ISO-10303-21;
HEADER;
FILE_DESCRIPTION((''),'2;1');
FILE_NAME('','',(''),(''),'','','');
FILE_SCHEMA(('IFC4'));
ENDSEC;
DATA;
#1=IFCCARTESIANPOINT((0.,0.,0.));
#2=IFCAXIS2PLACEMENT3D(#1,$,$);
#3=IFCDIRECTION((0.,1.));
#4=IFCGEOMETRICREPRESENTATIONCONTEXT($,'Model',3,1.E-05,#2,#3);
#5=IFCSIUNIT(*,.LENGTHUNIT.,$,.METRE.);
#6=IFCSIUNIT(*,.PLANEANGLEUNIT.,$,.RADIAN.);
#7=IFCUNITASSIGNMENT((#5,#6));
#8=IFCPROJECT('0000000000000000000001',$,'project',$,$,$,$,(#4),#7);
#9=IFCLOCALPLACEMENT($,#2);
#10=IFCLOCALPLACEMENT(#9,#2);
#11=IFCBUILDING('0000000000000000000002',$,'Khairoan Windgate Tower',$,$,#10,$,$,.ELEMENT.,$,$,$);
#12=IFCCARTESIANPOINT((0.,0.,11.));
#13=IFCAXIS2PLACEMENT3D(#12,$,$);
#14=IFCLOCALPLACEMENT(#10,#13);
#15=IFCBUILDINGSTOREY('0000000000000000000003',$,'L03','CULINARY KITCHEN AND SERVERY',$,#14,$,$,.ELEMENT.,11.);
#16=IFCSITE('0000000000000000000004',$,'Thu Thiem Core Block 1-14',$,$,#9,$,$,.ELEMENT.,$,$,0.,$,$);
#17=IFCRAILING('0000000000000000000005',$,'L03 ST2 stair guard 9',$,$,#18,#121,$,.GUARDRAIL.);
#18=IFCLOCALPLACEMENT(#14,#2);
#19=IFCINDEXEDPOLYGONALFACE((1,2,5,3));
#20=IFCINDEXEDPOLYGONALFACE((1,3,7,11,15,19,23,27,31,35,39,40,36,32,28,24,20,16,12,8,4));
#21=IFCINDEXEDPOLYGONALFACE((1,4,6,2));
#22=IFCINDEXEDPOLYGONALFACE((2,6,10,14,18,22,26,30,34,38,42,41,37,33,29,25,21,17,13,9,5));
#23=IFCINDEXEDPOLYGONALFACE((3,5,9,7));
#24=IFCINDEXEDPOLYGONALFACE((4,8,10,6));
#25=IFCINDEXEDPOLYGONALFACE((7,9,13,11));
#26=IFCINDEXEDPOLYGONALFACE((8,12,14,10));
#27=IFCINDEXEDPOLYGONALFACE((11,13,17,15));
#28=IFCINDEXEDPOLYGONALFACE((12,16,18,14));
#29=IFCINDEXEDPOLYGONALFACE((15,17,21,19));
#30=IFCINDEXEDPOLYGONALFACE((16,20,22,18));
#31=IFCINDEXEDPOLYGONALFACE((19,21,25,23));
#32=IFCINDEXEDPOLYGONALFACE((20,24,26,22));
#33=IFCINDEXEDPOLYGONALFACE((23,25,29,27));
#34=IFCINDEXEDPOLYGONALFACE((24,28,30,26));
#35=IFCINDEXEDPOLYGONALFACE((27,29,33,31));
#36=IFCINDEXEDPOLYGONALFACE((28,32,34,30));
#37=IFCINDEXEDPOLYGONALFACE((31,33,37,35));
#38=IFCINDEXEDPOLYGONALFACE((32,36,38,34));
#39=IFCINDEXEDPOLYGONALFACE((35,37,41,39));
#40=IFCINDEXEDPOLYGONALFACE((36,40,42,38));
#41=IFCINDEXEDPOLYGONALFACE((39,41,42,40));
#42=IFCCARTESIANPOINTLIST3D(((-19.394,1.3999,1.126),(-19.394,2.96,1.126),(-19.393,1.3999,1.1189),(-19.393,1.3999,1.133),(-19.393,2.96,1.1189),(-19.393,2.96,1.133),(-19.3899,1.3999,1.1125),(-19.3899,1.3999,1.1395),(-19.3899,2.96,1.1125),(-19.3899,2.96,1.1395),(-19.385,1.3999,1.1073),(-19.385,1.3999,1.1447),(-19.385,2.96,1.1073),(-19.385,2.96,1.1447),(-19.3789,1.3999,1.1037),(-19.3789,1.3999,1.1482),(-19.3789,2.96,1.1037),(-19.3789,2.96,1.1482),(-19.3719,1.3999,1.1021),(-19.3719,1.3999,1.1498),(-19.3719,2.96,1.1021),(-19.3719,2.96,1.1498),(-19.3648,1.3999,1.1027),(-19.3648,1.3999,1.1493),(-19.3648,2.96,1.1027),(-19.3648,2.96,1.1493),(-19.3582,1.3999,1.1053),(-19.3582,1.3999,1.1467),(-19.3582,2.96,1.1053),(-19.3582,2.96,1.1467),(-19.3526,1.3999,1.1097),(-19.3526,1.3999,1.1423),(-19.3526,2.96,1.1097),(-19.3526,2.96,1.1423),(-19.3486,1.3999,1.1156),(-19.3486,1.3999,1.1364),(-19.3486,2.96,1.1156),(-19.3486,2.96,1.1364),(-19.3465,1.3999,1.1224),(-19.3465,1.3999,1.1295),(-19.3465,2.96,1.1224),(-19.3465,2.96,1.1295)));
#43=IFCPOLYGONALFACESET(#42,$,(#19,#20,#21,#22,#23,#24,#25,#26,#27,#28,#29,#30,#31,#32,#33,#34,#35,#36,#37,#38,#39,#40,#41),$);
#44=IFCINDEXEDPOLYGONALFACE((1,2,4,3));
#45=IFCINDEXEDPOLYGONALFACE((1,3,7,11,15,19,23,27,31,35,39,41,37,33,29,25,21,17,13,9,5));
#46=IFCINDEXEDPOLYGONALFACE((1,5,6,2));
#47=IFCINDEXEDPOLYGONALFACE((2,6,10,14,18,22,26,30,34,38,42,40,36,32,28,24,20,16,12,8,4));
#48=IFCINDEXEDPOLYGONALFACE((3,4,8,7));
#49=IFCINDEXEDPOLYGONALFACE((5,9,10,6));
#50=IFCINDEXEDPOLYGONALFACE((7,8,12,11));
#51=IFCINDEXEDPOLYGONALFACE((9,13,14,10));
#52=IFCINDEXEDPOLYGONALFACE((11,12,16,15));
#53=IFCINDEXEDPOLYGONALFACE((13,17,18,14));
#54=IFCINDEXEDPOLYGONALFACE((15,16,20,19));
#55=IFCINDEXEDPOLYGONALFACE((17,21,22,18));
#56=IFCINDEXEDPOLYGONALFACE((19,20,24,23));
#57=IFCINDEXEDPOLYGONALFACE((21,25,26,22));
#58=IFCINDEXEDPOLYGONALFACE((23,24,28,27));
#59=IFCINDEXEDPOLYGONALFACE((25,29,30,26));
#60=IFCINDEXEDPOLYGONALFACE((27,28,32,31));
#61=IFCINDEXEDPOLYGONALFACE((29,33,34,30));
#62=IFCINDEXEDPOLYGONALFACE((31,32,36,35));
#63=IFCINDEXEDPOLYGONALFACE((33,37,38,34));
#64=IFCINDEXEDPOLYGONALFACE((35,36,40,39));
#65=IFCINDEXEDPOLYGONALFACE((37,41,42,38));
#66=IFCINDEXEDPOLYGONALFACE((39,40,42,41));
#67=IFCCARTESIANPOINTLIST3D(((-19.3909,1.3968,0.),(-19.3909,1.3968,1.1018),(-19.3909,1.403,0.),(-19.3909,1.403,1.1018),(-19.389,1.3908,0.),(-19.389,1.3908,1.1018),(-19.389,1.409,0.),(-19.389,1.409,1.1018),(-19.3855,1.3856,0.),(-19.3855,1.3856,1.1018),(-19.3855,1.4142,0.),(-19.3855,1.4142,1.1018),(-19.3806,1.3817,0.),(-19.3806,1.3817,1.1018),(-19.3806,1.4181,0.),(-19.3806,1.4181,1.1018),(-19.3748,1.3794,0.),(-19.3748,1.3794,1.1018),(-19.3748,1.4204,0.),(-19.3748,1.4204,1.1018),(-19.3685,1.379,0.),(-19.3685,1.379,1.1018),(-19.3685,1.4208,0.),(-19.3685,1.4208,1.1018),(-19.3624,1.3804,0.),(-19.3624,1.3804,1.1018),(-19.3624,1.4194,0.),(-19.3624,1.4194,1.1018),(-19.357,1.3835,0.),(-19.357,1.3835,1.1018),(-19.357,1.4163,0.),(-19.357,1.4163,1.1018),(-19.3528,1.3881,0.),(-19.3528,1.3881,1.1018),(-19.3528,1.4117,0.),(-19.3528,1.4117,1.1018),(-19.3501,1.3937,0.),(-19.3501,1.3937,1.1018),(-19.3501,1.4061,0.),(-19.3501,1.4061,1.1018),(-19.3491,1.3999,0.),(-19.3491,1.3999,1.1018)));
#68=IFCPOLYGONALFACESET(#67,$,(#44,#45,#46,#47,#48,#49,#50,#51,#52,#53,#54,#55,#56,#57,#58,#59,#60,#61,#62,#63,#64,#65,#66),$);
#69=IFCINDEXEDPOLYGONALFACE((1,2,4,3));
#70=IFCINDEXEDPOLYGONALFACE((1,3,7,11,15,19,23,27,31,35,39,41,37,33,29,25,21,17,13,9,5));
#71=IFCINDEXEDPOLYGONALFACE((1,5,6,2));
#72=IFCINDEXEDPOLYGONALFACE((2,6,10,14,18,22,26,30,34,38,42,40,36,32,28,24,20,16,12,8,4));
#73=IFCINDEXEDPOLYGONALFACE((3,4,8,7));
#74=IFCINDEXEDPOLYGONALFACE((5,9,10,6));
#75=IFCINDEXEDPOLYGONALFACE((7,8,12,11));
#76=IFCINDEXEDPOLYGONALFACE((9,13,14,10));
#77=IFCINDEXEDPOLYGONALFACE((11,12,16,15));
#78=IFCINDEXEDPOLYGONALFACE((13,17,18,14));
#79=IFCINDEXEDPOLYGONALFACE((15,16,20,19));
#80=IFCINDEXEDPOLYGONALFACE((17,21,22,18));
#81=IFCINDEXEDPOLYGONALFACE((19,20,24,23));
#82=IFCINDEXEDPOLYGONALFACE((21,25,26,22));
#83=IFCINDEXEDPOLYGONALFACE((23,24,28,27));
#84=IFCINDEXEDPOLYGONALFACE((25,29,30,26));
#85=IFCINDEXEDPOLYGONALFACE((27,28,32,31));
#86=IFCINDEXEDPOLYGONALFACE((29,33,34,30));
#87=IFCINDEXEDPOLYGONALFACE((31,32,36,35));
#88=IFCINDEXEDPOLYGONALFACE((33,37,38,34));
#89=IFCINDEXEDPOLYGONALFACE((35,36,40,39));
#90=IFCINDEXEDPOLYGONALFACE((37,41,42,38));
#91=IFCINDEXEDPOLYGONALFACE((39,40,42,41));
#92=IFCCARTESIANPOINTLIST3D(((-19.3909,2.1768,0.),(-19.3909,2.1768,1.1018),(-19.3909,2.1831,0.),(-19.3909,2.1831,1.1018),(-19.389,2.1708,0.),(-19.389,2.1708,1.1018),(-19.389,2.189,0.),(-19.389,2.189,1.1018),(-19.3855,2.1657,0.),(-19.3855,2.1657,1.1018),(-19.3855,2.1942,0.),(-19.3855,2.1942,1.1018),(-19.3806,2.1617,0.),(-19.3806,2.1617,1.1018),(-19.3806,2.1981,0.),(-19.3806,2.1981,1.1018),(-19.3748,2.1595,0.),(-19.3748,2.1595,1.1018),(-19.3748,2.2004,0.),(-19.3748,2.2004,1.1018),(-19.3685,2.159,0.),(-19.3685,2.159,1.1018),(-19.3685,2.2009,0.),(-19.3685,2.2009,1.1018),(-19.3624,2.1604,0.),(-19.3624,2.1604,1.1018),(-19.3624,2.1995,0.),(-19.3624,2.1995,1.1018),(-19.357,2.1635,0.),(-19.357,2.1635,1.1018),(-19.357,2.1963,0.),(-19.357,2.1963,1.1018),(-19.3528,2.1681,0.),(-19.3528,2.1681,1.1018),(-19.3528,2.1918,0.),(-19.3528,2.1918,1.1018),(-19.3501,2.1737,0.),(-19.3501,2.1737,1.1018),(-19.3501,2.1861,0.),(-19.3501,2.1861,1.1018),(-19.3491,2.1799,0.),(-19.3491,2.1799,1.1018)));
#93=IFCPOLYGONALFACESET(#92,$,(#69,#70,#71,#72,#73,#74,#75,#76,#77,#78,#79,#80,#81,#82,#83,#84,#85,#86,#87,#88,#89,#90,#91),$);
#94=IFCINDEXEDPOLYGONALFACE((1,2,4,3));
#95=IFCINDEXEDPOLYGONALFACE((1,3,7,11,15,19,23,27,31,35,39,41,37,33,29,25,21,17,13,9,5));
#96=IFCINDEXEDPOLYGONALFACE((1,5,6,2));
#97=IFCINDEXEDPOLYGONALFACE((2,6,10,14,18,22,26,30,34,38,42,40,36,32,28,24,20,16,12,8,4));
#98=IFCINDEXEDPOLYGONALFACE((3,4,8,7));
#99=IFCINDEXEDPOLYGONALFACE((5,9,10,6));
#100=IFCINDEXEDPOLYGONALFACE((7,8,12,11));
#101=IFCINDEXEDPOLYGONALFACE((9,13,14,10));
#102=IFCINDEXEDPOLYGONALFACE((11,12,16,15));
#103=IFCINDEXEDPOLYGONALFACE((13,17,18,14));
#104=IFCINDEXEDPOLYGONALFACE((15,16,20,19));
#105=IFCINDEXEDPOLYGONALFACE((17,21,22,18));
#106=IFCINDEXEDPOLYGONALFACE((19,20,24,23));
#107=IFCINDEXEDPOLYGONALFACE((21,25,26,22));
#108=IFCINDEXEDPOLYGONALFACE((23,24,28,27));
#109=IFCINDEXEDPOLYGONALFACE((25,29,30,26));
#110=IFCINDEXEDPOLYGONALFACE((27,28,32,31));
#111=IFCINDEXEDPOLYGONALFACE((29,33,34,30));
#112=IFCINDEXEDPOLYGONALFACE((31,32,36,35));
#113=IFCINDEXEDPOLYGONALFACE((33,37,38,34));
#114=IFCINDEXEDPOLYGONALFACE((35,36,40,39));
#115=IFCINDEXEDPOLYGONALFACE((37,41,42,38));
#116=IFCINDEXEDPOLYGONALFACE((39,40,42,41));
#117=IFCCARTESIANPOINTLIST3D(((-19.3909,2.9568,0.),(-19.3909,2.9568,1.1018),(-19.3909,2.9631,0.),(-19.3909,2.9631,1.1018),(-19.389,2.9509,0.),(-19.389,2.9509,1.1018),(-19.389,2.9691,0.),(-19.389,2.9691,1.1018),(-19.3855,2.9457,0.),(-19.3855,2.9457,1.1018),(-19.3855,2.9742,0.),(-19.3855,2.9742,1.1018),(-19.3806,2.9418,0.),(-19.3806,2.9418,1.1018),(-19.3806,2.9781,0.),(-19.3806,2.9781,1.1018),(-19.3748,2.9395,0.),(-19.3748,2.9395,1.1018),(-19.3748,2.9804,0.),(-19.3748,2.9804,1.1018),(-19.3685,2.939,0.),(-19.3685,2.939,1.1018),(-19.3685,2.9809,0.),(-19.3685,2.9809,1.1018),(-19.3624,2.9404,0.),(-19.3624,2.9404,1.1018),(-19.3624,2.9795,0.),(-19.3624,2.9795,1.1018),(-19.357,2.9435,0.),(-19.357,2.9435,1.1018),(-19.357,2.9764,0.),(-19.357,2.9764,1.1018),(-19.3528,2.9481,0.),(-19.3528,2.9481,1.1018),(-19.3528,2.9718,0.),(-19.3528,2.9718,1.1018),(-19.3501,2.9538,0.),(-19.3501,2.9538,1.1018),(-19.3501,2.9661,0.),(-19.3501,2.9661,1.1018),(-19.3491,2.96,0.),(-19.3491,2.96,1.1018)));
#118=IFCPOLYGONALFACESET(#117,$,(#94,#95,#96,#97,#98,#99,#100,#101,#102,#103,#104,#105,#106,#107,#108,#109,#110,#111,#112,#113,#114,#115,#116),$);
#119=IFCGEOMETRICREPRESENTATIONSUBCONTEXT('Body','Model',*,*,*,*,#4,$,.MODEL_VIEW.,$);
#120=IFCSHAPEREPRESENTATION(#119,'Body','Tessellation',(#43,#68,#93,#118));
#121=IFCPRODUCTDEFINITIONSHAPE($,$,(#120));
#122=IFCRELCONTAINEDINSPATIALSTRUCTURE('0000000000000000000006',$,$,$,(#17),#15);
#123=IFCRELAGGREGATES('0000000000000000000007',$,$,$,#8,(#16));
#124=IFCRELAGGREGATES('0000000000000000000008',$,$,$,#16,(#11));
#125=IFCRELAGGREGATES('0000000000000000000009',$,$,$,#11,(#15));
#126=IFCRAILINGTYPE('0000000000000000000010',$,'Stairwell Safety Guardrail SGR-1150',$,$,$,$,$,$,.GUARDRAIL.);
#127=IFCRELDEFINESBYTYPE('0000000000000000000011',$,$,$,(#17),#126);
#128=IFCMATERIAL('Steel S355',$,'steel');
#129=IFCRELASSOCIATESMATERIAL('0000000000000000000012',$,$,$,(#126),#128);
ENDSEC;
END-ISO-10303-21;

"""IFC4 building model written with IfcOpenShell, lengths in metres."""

from ifc_helpers import new_model, si_unit, direction, frame, origin, origin_2d, place, context, subcontext, project, spatial, circle, extrude, material, type_object, element, save


model = new_model("IFC4")

# Units and contexts
model_context = context("Model", 3, precision=1e-05, world=origin(), true_north=direction((0.0, 1.0)))
body_context = subcontext(model_context, "Body", "Model", "MODEL_VIEW")
ifc_project = project(units=[si_unit("LENGTHUNIT", "METRE"), si_unit("PLANEANGLEUNIT", "RADIAN")], contexts=[model_context])

# Site, building, storey
site_placement = place(None, origin())
site = spatial("IfcSite", under=ifc_project, at=site_placement, Name="Thu Thiem Core Block 1-14", CompositionType="ELEMENT", RefElevation=0.0)
building_placement = place(site_placement, origin())
building = spatial("IfcBuilding", under=site, at=building_placement, Name="Khairoan Windgate Tower", CompositionType="ELEMENT")
storey_placement = place(building_placement, frame((0.0, 0.0, 11.0)))
storey = spatial("IfcBuildingStorey", under=building, at=storey_placement, Name="L03", Description="CULINARY KITCHEN AND SERVERY", CompositionType="ELEMENT", Elevation=11.0)

# Railing
ifc_material_1 = material(Name="Steel S355", Category="steel")
railing_type_1 = type_object("IfcRailingType", Name="Stairwell Safety Guardrail SGR-1150", PredefinedType="GUARDRAIL", material=ifc_material_1)
for number, where, name in (
    (1, (-19.3701, 1.3999, 0.0), "L03 ST2 stair guard 9"),
):
    element("IfcRailing", number, at=place(storey_placement, frame(where)), inside=storey, type_object=railing_type_1, Name=name, PredefinedType="GUARDRAIL", context=body_context, shape_type="SweptSolid", body=[
        extrude(circle(Radius=0.0239, at=origin_2d()), frame((0.0, 0.0, 1.126), z_axis=(0.0, 1.0, 0.0), x_axis=(-1.0, 0.0, 0.0)), (0.0, 0.0, 1.0), 1.5601),
        extrude(circle(Radius=0.021, at=origin_2d()), origin(), (0.0, 0.0, 1.0), 1.1018),
        extrude(circle(Radius=0.021, at=origin_2d()), frame((0.0, 0.78, 0.0)), (0.0, 0.0, 1.0), 1.1018),
        extrude(circle(Radius=0.021, at=origin_2d()), frame((0.0, 1.5601, 0.0)), (0.0, 0.0, 1.0), 1.1018),
    ])

save(model, "model.ifc")
